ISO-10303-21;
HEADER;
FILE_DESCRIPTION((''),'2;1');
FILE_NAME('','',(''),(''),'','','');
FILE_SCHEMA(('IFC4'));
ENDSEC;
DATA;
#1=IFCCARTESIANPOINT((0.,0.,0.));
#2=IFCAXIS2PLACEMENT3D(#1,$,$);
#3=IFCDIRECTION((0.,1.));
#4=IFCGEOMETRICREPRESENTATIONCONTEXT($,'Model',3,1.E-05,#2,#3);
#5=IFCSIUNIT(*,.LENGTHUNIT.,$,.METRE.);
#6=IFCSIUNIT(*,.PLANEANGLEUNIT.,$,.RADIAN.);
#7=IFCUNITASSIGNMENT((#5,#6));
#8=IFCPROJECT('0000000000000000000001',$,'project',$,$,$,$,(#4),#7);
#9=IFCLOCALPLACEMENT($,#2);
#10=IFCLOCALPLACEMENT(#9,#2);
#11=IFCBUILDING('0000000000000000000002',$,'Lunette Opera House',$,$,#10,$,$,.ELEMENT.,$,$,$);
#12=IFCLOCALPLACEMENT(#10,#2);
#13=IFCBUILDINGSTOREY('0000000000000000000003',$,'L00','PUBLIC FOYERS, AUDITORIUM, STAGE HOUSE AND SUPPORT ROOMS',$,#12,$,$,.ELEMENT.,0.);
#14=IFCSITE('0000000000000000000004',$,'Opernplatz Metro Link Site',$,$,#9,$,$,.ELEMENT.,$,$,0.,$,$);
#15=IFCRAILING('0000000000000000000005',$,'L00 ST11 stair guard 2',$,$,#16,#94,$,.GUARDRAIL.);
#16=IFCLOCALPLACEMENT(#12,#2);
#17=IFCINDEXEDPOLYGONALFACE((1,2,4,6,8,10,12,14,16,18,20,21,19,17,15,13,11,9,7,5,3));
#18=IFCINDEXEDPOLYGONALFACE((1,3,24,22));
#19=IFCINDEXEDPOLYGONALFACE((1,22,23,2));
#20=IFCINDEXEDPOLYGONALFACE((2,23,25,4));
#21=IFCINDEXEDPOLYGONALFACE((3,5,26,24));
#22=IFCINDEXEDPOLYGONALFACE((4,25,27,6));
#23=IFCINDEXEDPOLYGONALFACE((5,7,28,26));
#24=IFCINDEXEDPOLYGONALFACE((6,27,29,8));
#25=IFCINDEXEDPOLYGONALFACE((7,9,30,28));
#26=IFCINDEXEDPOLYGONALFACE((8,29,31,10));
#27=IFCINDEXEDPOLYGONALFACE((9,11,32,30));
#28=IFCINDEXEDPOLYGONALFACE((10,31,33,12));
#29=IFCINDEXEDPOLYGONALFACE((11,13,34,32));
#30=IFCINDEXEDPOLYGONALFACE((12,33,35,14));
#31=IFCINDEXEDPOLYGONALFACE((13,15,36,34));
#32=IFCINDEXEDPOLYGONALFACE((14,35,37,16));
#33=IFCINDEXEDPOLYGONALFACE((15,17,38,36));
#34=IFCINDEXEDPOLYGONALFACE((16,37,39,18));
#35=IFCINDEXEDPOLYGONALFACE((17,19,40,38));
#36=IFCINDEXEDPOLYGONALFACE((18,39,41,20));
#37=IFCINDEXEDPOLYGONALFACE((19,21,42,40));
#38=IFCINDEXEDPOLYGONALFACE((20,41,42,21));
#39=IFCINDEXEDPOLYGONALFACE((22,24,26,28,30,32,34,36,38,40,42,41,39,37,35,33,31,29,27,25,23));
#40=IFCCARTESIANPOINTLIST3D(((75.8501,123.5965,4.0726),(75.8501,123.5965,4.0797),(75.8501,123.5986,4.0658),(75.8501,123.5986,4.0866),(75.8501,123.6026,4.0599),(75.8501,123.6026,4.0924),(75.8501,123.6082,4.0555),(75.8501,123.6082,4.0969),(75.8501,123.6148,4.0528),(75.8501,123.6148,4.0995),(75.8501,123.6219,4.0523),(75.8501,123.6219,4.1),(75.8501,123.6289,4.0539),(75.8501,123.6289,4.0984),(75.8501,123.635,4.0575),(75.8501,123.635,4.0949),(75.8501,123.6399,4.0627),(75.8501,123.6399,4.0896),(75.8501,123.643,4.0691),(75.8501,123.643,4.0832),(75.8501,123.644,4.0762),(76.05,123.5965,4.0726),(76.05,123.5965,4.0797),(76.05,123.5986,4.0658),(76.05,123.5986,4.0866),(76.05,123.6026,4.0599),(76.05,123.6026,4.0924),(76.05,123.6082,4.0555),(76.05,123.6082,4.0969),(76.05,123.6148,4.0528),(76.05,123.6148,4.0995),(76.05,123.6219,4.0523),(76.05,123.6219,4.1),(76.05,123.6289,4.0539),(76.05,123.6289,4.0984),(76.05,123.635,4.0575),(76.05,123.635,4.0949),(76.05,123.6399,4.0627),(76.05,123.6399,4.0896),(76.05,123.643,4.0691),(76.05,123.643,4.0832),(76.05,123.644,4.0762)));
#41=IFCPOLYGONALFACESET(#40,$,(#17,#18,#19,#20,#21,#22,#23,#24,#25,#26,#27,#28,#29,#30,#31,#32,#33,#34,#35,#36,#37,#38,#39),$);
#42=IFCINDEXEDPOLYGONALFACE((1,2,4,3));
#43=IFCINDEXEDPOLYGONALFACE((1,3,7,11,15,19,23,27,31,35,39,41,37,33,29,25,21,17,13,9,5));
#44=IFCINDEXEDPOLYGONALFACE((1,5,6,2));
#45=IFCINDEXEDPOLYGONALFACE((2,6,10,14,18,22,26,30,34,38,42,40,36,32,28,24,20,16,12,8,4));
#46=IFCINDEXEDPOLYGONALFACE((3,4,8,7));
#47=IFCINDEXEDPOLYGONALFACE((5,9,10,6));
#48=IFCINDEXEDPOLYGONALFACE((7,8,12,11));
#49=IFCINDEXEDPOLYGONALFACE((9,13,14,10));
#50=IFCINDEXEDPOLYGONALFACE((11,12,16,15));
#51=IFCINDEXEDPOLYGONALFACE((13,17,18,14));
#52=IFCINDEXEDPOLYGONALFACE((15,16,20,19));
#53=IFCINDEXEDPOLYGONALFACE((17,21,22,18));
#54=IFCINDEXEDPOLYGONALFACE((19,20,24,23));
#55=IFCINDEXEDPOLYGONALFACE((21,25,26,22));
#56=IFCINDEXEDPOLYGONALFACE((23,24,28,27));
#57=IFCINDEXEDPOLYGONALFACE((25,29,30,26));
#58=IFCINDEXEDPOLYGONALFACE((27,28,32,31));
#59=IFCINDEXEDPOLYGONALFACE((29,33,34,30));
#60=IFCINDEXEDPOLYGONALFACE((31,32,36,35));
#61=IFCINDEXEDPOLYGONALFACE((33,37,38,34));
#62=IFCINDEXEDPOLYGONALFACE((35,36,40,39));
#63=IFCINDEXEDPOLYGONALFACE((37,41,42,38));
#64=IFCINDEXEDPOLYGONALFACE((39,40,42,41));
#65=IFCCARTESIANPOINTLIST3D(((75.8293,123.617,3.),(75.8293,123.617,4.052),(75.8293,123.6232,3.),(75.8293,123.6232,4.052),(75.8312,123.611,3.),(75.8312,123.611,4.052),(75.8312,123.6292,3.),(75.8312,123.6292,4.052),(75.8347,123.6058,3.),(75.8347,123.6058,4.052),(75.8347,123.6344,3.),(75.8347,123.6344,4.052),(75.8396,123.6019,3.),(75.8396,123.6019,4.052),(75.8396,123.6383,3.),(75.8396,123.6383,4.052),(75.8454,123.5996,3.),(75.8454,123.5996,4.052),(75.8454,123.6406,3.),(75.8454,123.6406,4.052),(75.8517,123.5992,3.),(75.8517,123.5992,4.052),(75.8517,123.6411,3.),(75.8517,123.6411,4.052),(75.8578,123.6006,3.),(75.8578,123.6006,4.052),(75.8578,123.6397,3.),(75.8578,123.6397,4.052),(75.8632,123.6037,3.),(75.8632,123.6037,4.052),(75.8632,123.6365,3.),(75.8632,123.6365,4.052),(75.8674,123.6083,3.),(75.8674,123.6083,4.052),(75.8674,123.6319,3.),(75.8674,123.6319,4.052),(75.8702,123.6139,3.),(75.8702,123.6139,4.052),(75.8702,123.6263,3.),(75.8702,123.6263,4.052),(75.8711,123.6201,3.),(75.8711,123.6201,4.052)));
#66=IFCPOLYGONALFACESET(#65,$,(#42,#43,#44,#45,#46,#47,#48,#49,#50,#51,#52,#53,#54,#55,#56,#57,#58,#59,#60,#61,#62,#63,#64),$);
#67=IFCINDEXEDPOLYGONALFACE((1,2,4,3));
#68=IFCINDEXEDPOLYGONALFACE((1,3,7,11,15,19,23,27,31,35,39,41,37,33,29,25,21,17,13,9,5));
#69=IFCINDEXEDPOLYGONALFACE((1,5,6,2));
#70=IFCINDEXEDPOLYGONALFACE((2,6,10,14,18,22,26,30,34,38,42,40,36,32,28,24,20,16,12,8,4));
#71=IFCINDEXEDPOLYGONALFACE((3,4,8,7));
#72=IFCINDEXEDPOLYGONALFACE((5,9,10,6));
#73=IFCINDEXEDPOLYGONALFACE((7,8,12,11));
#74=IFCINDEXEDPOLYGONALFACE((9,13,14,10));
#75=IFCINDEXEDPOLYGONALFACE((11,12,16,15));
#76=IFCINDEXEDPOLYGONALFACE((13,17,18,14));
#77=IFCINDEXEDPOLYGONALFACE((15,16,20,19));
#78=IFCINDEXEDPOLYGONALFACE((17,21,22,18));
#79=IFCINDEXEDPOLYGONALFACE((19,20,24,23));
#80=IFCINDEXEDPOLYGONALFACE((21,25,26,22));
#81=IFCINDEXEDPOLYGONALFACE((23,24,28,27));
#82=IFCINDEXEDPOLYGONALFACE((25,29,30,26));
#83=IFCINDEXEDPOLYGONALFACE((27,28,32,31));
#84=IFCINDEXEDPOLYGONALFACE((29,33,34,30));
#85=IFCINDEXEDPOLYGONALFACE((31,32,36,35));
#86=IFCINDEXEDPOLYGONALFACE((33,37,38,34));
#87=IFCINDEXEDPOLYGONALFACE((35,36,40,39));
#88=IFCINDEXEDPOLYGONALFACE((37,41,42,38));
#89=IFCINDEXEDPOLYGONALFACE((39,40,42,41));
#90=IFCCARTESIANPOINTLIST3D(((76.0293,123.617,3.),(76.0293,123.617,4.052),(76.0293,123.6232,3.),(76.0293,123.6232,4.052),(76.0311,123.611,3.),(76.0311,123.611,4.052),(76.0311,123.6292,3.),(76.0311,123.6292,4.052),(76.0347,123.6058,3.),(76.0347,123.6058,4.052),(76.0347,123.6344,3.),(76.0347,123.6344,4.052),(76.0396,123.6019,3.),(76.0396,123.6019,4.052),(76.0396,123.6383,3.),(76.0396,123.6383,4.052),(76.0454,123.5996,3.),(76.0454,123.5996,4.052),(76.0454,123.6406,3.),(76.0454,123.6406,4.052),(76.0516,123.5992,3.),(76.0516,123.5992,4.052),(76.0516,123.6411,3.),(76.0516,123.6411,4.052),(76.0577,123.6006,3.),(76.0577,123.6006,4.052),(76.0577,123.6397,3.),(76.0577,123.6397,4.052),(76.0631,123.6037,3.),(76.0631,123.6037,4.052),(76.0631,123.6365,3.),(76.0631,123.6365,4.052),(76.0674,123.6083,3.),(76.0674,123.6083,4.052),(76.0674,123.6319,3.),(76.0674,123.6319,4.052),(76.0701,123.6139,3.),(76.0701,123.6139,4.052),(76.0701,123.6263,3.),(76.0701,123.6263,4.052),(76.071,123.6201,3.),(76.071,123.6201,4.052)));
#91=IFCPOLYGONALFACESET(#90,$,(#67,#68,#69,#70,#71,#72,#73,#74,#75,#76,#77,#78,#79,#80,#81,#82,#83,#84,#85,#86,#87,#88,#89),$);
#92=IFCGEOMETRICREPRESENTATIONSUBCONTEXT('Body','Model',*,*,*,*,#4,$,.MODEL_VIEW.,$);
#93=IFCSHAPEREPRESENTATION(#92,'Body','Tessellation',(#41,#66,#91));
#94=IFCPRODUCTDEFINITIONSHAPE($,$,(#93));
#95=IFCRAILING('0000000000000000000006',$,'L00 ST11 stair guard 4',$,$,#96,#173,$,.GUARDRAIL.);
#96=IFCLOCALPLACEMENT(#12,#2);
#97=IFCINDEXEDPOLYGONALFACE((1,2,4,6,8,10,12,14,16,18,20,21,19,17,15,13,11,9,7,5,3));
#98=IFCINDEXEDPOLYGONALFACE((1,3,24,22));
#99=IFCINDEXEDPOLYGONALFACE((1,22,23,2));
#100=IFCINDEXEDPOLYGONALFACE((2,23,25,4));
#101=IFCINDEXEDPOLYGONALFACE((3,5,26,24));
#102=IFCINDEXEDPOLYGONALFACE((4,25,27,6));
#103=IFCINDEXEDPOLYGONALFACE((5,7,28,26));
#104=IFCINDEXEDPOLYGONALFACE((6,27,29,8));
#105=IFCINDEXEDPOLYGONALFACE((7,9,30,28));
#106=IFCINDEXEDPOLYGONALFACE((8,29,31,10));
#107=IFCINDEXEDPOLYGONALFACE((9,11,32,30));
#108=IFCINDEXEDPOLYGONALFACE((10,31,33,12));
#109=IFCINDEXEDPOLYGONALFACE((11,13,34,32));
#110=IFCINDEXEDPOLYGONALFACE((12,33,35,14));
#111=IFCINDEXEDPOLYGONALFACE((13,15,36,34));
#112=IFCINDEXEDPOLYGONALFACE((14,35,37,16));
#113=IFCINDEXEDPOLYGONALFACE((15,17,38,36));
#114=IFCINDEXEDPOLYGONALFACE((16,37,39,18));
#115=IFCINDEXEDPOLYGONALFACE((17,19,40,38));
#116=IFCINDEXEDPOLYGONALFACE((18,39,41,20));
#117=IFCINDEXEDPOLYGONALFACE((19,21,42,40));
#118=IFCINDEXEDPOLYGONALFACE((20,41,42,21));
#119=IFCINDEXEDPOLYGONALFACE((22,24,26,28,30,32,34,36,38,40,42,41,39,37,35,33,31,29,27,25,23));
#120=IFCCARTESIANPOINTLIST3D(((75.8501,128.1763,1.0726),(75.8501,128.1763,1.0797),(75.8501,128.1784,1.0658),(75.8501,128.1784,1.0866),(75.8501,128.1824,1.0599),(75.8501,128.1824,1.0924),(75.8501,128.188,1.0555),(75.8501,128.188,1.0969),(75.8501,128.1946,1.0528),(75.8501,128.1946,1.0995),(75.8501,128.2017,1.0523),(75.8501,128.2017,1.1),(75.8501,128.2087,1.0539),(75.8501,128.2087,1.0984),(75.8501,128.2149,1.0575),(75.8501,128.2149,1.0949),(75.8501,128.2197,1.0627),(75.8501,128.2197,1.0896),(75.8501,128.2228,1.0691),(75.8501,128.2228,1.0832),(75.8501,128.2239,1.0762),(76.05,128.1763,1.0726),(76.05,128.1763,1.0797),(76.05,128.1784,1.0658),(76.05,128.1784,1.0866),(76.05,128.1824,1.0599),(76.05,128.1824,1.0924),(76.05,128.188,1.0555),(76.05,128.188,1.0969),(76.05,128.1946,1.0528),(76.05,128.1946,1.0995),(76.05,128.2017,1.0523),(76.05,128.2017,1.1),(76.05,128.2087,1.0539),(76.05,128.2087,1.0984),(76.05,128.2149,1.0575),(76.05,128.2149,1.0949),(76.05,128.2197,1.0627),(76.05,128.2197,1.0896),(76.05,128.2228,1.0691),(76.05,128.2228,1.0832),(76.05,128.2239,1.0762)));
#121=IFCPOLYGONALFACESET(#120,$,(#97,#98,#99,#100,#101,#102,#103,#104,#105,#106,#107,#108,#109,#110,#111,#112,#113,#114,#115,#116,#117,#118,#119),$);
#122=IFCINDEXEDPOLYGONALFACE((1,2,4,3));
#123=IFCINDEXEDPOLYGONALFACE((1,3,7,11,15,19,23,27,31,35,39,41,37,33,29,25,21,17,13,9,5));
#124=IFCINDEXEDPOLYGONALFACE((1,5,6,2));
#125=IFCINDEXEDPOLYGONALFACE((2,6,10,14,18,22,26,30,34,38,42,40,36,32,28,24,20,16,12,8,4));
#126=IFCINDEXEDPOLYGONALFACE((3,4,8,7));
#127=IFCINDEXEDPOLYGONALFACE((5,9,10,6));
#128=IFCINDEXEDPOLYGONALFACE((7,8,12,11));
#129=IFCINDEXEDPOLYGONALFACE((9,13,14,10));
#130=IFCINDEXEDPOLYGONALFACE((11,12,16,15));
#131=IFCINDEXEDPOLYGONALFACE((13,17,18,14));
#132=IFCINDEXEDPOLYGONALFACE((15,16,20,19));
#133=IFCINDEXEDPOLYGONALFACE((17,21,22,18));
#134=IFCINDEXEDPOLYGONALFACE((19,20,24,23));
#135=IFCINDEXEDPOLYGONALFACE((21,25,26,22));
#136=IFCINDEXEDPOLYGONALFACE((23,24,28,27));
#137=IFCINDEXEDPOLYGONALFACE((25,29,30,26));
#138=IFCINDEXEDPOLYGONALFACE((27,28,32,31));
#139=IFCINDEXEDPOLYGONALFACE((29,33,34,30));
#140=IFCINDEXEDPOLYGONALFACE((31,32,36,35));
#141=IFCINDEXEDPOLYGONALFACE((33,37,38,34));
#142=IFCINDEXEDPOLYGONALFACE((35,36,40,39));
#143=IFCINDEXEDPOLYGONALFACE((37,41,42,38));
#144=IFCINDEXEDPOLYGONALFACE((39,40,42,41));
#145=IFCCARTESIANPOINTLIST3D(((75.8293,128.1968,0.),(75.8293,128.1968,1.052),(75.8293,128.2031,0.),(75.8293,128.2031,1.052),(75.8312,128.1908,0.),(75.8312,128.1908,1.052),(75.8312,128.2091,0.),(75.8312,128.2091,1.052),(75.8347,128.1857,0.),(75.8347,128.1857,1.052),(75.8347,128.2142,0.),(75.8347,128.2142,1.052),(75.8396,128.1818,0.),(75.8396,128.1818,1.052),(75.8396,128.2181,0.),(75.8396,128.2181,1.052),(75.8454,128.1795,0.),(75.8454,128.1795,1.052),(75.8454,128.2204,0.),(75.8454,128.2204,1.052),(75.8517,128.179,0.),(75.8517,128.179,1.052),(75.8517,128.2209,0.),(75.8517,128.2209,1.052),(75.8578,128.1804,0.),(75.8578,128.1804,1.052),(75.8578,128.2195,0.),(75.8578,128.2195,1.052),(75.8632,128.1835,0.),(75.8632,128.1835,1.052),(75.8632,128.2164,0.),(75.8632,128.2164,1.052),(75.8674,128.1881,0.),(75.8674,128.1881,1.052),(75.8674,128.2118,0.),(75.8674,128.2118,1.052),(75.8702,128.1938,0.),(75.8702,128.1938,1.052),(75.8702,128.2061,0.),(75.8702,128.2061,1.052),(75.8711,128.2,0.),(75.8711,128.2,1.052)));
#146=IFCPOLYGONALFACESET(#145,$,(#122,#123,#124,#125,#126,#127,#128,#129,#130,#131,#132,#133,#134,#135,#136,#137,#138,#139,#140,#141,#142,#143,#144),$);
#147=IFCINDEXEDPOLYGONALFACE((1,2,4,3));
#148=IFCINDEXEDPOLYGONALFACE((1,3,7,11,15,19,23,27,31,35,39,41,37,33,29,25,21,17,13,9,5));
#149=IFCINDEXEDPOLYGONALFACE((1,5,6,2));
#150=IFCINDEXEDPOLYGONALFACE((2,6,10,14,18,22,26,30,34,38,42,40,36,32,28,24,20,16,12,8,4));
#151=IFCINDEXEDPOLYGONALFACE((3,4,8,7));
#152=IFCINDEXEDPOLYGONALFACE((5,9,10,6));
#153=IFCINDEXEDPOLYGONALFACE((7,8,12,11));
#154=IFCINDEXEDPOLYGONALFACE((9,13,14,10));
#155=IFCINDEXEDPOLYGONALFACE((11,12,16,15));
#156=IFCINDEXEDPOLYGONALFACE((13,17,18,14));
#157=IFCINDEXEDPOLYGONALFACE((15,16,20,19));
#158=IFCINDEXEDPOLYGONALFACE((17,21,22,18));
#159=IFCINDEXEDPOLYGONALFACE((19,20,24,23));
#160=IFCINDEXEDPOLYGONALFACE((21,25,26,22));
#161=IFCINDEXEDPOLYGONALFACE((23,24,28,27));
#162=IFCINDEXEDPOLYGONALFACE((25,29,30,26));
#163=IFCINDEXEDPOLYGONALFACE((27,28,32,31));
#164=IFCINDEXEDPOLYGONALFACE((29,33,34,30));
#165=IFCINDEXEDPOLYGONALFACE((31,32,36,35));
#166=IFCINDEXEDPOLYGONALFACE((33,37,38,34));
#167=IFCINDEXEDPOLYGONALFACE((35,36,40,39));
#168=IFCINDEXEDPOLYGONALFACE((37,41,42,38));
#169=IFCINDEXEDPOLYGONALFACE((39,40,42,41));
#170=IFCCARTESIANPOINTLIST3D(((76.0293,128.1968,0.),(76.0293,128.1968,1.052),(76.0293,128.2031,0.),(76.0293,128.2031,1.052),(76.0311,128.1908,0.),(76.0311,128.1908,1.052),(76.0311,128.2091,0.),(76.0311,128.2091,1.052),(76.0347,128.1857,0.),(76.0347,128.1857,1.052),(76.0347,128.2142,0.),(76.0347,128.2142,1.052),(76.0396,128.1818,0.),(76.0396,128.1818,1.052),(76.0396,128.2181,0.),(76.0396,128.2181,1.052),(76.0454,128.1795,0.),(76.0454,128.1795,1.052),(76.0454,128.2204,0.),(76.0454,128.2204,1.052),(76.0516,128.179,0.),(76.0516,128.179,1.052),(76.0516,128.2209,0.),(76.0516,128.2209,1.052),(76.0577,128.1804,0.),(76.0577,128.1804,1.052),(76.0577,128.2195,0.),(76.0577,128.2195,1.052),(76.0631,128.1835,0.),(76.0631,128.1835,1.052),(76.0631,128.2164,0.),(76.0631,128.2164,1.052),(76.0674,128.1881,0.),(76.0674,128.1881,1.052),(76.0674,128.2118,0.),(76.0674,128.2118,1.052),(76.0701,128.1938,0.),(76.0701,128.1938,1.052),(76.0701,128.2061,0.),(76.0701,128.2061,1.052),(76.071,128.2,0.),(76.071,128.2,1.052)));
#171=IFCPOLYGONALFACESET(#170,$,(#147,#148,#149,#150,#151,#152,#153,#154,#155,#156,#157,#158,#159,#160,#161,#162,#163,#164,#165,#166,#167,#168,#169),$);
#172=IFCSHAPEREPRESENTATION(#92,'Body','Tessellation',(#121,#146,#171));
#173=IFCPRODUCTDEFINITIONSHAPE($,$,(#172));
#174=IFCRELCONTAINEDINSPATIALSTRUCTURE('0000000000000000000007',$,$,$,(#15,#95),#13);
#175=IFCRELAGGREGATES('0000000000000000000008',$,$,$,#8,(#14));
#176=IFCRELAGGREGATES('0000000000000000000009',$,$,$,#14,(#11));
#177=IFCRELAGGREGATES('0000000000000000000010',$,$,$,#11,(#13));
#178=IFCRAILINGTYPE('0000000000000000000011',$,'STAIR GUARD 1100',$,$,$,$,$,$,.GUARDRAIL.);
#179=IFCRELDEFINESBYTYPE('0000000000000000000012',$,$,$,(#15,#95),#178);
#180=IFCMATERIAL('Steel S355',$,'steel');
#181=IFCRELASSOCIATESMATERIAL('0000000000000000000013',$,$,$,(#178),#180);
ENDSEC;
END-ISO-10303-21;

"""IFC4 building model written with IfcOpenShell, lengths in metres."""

from ifc_helpers import new_model, si_unit, direction, frame, origin, origin_2d, place, context, subcontext, project, spatial, circle, extrude, material, type_object, element, save


model = new_model("IFC4")

# Units and contexts
model_context = context("Model", 3, precision=1e-05, world=origin(), true_north=direction((0.0, 1.0)))
body_context = subcontext(model_context, "Body", "Model", "MODEL_VIEW")
ifc_project = project(units=[si_unit("LENGTHUNIT", "METRE"), si_unit("PLANEANGLEUNIT", "RADIAN")], contexts=[model_context])

# Site, building, storey
site_placement = place(None, origin())
site = spatial("IfcSite", under=ifc_project, at=site_placement, Name="Opernplatz Metro Link Site", CompositionType="ELEMENT", RefElevation=0.0)
building_placement = place(site_placement, origin())
building = spatial("IfcBuilding", under=site, at=building_placement, Name="Lunette Opera House", CompositionType="ELEMENT")
storey_placement = place(building_placement, origin())
storey = spatial("IfcBuildingStorey", under=building, at=storey_placement, Name="L00", Description="PUBLIC FOYERS, AUDITORIUM, STAGE HOUSE AND SUPPORT ROOMS", CompositionType="ELEMENT", Elevation=0.0)

# Railings
ifc_material_1 = material(Name="Steel S355", Category="steel")
railing_type_1 = type_object("IfcRailingType", Name="STAIR GUARD 1100", PredefinedType="GUARDRAIL", material=ifc_material_1)
for number, where, name in (
    (1, (75.8501, 123.6201, 3.0), "L00 ST11 stair guard 2"),
    (2, (75.8501, 128.2, 0.0), "L00 ST11 stair guard 4"),
):
    element("IfcRailing", number, at=place(storey_placement, frame(where)), inside=storey, type_object=railing_type_1, Name=name, PredefinedType="GUARDRAIL", context=body_context, shape_type="SweptSolid", body=[
        extrude(circle(Radius=0.0239, at=origin_2d()), frame((0.0, 0.0, 1.0762), z_axis=(1.0, 0.0, 0.0), x_axis=(0.0, 1.0, 0.0)), (0.0, 0.0, 1.0), 0.2),
        extrude(circle(Radius=0.021, at=origin_2d()), origin(), (0.0, 0.0, 1.0), 1.052),
        extrude(circle(Radius=0.021, at=origin_2d()), frame((0.2, 0.0, 0.0)), (0.0, 0.0, 1.0), 1.052),
    ])

save(model, "model.ifc")
